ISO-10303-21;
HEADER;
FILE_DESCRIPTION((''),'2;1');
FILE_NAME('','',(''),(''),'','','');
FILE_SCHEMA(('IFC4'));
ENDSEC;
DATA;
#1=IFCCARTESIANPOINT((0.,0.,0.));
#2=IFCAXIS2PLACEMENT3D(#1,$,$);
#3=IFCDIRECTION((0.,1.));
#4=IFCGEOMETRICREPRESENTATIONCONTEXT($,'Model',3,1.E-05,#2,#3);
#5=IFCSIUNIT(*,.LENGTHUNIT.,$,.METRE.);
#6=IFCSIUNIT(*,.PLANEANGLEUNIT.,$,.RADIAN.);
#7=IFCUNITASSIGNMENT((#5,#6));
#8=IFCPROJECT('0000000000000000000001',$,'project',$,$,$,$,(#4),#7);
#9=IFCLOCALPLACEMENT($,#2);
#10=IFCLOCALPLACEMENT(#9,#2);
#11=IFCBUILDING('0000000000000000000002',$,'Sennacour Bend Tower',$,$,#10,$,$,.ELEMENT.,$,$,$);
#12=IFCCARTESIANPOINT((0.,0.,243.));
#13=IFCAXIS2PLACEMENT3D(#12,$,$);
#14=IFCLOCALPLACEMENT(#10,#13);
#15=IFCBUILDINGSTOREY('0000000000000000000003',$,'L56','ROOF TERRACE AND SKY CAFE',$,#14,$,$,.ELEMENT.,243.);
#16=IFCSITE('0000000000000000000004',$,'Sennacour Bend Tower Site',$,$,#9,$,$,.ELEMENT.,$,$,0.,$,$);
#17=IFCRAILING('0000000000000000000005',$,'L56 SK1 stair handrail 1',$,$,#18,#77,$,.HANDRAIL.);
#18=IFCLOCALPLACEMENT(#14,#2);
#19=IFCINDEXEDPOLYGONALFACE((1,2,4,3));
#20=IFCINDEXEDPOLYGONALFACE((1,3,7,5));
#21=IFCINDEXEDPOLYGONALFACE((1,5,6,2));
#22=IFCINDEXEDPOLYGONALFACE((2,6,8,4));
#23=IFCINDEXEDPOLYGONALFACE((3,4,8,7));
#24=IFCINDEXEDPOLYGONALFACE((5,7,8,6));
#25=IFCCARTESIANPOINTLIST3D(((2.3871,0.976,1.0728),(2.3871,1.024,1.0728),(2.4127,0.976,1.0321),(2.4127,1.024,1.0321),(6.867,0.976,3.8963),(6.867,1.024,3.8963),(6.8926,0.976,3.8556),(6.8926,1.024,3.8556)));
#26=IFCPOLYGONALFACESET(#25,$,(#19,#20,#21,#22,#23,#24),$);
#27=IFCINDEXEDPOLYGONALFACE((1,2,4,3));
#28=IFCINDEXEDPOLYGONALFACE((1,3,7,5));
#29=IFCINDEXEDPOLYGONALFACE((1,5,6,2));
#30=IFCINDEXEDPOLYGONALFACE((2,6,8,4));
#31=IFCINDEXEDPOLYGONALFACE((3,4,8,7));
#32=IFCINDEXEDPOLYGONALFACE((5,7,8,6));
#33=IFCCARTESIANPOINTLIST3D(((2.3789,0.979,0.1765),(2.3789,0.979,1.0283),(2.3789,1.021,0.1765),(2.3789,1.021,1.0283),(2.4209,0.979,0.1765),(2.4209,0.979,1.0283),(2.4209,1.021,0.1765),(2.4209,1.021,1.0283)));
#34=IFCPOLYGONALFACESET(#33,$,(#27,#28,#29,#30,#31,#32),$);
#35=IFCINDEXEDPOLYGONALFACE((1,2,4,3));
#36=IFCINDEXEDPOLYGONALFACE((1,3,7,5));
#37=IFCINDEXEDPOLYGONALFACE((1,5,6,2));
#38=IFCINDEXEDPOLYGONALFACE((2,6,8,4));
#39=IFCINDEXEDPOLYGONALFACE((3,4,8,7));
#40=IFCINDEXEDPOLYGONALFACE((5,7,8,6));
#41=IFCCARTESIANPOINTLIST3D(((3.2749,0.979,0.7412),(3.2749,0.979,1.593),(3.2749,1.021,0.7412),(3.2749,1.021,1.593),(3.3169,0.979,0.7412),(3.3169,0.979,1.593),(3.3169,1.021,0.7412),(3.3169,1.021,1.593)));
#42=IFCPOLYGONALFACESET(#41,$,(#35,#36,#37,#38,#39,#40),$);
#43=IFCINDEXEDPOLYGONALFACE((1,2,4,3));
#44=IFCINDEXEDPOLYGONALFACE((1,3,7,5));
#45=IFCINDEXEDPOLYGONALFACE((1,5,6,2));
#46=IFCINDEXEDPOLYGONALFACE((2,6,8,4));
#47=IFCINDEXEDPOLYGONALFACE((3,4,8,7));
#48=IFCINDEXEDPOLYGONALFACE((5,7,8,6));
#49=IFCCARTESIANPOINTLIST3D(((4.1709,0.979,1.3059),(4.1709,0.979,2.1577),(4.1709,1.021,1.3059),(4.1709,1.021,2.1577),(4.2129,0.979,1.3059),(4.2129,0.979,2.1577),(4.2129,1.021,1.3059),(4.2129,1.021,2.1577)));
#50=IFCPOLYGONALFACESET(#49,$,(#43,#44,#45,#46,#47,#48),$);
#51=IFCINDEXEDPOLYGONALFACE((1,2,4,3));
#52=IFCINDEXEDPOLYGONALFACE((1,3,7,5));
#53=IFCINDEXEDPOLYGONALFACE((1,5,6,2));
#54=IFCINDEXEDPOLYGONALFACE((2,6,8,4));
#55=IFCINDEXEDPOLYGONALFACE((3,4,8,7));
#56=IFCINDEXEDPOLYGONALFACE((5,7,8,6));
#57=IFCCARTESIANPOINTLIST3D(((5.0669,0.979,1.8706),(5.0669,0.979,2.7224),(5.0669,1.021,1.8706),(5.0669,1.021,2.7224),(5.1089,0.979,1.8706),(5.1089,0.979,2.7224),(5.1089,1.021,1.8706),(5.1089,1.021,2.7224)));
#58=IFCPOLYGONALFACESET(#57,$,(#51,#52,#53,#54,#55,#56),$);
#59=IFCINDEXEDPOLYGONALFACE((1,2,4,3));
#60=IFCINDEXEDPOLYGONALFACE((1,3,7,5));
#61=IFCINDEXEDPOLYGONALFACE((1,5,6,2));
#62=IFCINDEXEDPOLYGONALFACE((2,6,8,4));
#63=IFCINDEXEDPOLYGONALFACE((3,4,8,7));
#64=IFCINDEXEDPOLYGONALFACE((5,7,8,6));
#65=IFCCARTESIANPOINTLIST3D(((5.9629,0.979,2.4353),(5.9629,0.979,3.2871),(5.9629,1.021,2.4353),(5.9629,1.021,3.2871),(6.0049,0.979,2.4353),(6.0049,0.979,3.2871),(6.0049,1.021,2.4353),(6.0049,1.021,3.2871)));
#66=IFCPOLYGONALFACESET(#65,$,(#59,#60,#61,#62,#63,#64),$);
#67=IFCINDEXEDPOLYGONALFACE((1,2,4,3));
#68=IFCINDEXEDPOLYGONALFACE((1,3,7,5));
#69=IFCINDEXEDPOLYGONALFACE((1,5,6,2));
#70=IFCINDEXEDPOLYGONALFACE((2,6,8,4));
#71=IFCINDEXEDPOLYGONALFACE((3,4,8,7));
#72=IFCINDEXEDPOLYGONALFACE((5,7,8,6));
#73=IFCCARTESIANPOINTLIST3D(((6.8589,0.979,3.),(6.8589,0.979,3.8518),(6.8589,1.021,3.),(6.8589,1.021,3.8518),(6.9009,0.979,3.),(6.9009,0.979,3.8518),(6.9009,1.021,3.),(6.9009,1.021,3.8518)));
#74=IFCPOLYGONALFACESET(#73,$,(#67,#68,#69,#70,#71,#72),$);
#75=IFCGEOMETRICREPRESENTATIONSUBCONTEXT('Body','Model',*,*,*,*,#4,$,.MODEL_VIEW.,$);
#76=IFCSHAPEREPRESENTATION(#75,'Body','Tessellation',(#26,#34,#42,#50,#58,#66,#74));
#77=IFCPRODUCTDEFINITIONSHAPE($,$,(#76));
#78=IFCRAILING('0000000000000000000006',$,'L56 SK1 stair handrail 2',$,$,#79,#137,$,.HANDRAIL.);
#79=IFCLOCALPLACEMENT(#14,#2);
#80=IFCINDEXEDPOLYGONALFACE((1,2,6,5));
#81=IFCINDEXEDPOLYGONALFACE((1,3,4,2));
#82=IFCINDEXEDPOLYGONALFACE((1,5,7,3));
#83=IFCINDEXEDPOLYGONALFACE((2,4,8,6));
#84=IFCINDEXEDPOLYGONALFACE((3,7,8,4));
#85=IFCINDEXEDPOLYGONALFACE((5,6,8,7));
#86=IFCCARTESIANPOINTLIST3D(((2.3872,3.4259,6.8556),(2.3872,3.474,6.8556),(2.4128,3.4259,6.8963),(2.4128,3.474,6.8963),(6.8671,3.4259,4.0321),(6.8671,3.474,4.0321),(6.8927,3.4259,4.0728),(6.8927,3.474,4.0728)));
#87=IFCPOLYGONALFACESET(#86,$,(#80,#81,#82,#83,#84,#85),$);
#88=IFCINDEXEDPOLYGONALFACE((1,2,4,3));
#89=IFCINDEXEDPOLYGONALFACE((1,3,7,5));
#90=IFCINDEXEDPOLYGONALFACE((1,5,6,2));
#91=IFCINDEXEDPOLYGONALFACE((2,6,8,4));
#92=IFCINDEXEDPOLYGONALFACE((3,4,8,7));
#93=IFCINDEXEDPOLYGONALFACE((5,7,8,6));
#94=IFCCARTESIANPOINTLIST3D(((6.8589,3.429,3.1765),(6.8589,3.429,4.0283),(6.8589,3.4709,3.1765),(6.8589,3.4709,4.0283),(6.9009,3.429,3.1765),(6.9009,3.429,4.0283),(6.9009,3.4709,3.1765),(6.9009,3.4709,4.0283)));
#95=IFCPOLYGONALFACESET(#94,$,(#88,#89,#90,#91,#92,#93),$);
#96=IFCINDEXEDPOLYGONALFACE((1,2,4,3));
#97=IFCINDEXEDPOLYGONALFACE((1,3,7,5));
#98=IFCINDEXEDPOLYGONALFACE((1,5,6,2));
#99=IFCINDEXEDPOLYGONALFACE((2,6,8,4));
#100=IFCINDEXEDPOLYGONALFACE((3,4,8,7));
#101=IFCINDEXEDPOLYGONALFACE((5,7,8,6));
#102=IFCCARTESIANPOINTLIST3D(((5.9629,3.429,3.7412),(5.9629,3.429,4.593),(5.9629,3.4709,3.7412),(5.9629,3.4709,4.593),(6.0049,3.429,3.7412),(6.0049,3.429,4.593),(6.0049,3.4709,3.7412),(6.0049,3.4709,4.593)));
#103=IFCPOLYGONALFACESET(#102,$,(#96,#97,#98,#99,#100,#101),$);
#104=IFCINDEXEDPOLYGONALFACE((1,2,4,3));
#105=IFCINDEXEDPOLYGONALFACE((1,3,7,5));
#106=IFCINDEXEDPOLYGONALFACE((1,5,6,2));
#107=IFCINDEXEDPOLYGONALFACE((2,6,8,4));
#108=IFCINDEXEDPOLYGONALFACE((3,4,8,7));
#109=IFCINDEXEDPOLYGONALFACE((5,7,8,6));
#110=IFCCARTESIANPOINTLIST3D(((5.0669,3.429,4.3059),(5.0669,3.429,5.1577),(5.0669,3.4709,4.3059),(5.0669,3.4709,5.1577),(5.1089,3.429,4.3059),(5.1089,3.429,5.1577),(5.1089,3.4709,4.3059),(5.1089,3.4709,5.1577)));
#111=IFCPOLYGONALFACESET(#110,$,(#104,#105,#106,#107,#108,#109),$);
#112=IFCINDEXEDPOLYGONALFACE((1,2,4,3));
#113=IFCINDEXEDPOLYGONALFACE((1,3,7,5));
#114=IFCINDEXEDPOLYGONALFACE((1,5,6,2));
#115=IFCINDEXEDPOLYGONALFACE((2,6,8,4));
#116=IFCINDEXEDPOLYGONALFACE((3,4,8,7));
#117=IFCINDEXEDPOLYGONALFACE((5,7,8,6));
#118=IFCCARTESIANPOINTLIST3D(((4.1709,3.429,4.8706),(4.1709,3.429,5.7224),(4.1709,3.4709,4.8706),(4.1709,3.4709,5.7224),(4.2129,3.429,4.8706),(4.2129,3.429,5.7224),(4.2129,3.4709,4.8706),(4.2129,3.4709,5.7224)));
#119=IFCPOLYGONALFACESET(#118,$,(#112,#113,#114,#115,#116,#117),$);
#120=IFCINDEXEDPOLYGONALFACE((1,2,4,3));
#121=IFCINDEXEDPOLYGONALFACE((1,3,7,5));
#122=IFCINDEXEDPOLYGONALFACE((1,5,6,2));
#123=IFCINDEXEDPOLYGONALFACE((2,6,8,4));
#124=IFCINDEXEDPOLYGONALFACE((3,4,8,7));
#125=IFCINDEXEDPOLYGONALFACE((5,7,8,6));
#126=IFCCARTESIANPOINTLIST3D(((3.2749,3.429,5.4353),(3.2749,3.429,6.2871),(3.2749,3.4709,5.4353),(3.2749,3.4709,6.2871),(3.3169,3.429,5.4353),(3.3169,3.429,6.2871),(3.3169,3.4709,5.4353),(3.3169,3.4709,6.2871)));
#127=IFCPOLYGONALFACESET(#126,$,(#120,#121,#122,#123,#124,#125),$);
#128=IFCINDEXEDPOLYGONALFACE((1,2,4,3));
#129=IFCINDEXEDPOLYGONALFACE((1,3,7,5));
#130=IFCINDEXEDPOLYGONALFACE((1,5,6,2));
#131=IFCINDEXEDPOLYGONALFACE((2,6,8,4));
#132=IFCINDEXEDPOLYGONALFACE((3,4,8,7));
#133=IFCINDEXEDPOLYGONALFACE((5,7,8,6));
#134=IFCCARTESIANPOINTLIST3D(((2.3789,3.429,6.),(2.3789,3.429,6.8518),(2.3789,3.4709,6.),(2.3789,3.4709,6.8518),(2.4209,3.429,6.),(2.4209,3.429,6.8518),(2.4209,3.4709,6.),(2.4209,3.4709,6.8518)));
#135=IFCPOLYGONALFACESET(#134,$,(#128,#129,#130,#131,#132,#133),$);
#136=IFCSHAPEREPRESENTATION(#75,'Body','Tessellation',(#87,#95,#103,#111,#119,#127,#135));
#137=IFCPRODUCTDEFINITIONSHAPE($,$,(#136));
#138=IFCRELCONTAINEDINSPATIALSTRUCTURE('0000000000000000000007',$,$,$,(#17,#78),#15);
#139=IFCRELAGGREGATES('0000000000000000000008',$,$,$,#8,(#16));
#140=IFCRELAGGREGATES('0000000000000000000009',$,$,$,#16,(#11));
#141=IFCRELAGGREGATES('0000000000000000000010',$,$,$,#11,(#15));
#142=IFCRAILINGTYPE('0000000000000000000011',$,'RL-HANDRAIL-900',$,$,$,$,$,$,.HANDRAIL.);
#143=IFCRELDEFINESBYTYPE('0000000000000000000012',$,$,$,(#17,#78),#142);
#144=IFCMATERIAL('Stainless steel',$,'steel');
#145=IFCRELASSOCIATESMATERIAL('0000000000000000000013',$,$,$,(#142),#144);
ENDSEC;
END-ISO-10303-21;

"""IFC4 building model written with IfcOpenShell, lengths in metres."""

from ifc_helpers import new_model, si_unit, direction, frame, origin, origin_2d, place, context, subcontext, project, spatial, rectangle, extrude, material, type_object, element, save


model = new_model("IFC4")

# Units and contexts
model_context = context("Model", 3, precision=1e-05, world=origin(), true_north=direction((0.0, 1.0)))
body_context = subcontext(model_context, "Body", "Model", "MODEL_VIEW")
ifc_project = project(units=[si_unit("LENGTHUNIT", "METRE"), si_unit("PLANEANGLEUNIT", "RADIAN")], contexts=[model_context])

# Site, building, storey
site_placement = place(None, origin())
site = spatial("IfcSite", under=ifc_project, at=site_placement, Name="Sennacour Bend Tower Site", CompositionType="ELEMENT", RefElevation=0.0)
building_placement = place(site_placement, origin())
building = spatial("IfcBuilding", under=site, at=building_placement, Name="Sennacour Bend Tower", CompositionType="ELEMENT")
storey_placement = place(building_placement, frame((0.0, 0.0, 243.0)))
storey = spatial("IfcBuildingStorey", under=building, at=storey_placement, Name="L56", Description="ROOF TERRACE AND SKY CAFE", CompositionType="ELEMENT", Elevation=243.0)

# Railings
ifc_material_1 = material(Name="Stainless steel", Category="steel")
railing_type_1 = type_object("IfcRailingType", Name="RL-HANDRAIL-900", PredefinedType="HANDRAIL", material=ifc_material_1)
railing_1_placement = place(storey_placement, frame((2.3999, 1.0, 0.1765)))
element("IfcRailing", 1, at=railing_1_placement, inside=storey, type_object=railing_type_1, Name="L56 SK1 stair handrail 1", PredefinedType="HANDRAIL", context=body_context, shape_type="SweptSolid", body=[
    extrude(rectangle(XDim=0.0481, YDim=0.0481, at=origin_2d()), frame((0.0, 0.0, 0.876), z_axis=(0.845998, 0.0, 0.533186), x_axis=(0.0, 1.0, 0.0)), (0.0, 0.0, 1.0), 5.2954),
    extrude(rectangle(XDim=0.042, YDim=0.042, at=origin_2d()), origin(), (0.0, 0.0, 1.0), 0.8518),
    extrude(rectangle(XDim=0.042, YDim=0.042, at=origin_2d()), frame((0.896, 0.0, 0.5647)), (0.0, 0.0, 1.0), 0.8518),
    extrude(rectangle(XDim=0.042, YDim=0.042, at=origin_2d()), frame((1.792, 0.0, 1.1294)), (0.0, 0.0, 1.0), 0.8518),
    extrude(rectangle(XDim=0.042, YDim=0.042, at=origin_2d()), frame((2.688, 0.0, 1.6941)), (0.0, 0.0, 1.0), 0.8518),
    extrude(rectangle(XDim=0.042, YDim=0.042, at=origin_2d()), frame((3.584, 0.0, 2.2588)), (0.0, 0.0, 1.0), 0.8518),
    extrude(rectangle(XDim=0.042, YDim=0.042, at=origin_2d()), frame((4.48, 0.0, 2.8235)), (0.0, 0.0, 1.0), 0.8518),
])
railing_2_placement = place(storey_placement, frame((6.8799, 3.45, 3.1765)))
element("IfcRailing", 2, at=railing_2_placement, inside=storey, type_object=railing_type_1, Name="L56 SK1 stair handrail 2", PredefinedType="HANDRAIL", context=body_context, shape_type="SweptSolid", body=[
    extrude(rectangle(XDim=0.0481, YDim=0.0481, at=origin_2d()), frame((0.0, 0.0, 0.876), z_axis=(-0.845998, 0.0, 0.533186), x_axis=(0.0, -1.0, 0.0)), (0.0, 0.0, 1.0), 5.2954),
    extrude(rectangle(XDim=0.042, YDim=0.042, at=origin_2d()), origin(), (0.0, 0.0, 1.0), 0.8518),
    extrude(rectangle(XDim=0.042, YDim=0.042, at=origin_2d()), frame((-0.896, 0.0, 0.5647)), (0.0, 0.0, 1.0), 0.8518),
    extrude(rectangle(XDim=0.042, YDim=0.042, at=origin_2d()), frame((-1.792, 0.0, 1.1294)), (0.0, 0.0, 1.0), 0.8518),
    extrude(rectangle(XDim=0.042, YDim=0.042, at=origin_2d()), frame((-2.688, 0.0, 1.6941)), (0.0, 0.0, 1.0), 0.8518),
    extrude(rectangle(XDim=0.042, YDim=0.042, at=origin_2d()), frame((-3.584, 0.0, 2.2588)), (0.0, 0.0, 1.0), 0.8518),
    extrude(rectangle(XDim=0.042, YDim=0.042, at=origin_2d()), frame((-4.48, 0.0, 2.8235)), (0.0, 0.0, 1.0), 0.8518),
])

save(model, "model.ifc")
